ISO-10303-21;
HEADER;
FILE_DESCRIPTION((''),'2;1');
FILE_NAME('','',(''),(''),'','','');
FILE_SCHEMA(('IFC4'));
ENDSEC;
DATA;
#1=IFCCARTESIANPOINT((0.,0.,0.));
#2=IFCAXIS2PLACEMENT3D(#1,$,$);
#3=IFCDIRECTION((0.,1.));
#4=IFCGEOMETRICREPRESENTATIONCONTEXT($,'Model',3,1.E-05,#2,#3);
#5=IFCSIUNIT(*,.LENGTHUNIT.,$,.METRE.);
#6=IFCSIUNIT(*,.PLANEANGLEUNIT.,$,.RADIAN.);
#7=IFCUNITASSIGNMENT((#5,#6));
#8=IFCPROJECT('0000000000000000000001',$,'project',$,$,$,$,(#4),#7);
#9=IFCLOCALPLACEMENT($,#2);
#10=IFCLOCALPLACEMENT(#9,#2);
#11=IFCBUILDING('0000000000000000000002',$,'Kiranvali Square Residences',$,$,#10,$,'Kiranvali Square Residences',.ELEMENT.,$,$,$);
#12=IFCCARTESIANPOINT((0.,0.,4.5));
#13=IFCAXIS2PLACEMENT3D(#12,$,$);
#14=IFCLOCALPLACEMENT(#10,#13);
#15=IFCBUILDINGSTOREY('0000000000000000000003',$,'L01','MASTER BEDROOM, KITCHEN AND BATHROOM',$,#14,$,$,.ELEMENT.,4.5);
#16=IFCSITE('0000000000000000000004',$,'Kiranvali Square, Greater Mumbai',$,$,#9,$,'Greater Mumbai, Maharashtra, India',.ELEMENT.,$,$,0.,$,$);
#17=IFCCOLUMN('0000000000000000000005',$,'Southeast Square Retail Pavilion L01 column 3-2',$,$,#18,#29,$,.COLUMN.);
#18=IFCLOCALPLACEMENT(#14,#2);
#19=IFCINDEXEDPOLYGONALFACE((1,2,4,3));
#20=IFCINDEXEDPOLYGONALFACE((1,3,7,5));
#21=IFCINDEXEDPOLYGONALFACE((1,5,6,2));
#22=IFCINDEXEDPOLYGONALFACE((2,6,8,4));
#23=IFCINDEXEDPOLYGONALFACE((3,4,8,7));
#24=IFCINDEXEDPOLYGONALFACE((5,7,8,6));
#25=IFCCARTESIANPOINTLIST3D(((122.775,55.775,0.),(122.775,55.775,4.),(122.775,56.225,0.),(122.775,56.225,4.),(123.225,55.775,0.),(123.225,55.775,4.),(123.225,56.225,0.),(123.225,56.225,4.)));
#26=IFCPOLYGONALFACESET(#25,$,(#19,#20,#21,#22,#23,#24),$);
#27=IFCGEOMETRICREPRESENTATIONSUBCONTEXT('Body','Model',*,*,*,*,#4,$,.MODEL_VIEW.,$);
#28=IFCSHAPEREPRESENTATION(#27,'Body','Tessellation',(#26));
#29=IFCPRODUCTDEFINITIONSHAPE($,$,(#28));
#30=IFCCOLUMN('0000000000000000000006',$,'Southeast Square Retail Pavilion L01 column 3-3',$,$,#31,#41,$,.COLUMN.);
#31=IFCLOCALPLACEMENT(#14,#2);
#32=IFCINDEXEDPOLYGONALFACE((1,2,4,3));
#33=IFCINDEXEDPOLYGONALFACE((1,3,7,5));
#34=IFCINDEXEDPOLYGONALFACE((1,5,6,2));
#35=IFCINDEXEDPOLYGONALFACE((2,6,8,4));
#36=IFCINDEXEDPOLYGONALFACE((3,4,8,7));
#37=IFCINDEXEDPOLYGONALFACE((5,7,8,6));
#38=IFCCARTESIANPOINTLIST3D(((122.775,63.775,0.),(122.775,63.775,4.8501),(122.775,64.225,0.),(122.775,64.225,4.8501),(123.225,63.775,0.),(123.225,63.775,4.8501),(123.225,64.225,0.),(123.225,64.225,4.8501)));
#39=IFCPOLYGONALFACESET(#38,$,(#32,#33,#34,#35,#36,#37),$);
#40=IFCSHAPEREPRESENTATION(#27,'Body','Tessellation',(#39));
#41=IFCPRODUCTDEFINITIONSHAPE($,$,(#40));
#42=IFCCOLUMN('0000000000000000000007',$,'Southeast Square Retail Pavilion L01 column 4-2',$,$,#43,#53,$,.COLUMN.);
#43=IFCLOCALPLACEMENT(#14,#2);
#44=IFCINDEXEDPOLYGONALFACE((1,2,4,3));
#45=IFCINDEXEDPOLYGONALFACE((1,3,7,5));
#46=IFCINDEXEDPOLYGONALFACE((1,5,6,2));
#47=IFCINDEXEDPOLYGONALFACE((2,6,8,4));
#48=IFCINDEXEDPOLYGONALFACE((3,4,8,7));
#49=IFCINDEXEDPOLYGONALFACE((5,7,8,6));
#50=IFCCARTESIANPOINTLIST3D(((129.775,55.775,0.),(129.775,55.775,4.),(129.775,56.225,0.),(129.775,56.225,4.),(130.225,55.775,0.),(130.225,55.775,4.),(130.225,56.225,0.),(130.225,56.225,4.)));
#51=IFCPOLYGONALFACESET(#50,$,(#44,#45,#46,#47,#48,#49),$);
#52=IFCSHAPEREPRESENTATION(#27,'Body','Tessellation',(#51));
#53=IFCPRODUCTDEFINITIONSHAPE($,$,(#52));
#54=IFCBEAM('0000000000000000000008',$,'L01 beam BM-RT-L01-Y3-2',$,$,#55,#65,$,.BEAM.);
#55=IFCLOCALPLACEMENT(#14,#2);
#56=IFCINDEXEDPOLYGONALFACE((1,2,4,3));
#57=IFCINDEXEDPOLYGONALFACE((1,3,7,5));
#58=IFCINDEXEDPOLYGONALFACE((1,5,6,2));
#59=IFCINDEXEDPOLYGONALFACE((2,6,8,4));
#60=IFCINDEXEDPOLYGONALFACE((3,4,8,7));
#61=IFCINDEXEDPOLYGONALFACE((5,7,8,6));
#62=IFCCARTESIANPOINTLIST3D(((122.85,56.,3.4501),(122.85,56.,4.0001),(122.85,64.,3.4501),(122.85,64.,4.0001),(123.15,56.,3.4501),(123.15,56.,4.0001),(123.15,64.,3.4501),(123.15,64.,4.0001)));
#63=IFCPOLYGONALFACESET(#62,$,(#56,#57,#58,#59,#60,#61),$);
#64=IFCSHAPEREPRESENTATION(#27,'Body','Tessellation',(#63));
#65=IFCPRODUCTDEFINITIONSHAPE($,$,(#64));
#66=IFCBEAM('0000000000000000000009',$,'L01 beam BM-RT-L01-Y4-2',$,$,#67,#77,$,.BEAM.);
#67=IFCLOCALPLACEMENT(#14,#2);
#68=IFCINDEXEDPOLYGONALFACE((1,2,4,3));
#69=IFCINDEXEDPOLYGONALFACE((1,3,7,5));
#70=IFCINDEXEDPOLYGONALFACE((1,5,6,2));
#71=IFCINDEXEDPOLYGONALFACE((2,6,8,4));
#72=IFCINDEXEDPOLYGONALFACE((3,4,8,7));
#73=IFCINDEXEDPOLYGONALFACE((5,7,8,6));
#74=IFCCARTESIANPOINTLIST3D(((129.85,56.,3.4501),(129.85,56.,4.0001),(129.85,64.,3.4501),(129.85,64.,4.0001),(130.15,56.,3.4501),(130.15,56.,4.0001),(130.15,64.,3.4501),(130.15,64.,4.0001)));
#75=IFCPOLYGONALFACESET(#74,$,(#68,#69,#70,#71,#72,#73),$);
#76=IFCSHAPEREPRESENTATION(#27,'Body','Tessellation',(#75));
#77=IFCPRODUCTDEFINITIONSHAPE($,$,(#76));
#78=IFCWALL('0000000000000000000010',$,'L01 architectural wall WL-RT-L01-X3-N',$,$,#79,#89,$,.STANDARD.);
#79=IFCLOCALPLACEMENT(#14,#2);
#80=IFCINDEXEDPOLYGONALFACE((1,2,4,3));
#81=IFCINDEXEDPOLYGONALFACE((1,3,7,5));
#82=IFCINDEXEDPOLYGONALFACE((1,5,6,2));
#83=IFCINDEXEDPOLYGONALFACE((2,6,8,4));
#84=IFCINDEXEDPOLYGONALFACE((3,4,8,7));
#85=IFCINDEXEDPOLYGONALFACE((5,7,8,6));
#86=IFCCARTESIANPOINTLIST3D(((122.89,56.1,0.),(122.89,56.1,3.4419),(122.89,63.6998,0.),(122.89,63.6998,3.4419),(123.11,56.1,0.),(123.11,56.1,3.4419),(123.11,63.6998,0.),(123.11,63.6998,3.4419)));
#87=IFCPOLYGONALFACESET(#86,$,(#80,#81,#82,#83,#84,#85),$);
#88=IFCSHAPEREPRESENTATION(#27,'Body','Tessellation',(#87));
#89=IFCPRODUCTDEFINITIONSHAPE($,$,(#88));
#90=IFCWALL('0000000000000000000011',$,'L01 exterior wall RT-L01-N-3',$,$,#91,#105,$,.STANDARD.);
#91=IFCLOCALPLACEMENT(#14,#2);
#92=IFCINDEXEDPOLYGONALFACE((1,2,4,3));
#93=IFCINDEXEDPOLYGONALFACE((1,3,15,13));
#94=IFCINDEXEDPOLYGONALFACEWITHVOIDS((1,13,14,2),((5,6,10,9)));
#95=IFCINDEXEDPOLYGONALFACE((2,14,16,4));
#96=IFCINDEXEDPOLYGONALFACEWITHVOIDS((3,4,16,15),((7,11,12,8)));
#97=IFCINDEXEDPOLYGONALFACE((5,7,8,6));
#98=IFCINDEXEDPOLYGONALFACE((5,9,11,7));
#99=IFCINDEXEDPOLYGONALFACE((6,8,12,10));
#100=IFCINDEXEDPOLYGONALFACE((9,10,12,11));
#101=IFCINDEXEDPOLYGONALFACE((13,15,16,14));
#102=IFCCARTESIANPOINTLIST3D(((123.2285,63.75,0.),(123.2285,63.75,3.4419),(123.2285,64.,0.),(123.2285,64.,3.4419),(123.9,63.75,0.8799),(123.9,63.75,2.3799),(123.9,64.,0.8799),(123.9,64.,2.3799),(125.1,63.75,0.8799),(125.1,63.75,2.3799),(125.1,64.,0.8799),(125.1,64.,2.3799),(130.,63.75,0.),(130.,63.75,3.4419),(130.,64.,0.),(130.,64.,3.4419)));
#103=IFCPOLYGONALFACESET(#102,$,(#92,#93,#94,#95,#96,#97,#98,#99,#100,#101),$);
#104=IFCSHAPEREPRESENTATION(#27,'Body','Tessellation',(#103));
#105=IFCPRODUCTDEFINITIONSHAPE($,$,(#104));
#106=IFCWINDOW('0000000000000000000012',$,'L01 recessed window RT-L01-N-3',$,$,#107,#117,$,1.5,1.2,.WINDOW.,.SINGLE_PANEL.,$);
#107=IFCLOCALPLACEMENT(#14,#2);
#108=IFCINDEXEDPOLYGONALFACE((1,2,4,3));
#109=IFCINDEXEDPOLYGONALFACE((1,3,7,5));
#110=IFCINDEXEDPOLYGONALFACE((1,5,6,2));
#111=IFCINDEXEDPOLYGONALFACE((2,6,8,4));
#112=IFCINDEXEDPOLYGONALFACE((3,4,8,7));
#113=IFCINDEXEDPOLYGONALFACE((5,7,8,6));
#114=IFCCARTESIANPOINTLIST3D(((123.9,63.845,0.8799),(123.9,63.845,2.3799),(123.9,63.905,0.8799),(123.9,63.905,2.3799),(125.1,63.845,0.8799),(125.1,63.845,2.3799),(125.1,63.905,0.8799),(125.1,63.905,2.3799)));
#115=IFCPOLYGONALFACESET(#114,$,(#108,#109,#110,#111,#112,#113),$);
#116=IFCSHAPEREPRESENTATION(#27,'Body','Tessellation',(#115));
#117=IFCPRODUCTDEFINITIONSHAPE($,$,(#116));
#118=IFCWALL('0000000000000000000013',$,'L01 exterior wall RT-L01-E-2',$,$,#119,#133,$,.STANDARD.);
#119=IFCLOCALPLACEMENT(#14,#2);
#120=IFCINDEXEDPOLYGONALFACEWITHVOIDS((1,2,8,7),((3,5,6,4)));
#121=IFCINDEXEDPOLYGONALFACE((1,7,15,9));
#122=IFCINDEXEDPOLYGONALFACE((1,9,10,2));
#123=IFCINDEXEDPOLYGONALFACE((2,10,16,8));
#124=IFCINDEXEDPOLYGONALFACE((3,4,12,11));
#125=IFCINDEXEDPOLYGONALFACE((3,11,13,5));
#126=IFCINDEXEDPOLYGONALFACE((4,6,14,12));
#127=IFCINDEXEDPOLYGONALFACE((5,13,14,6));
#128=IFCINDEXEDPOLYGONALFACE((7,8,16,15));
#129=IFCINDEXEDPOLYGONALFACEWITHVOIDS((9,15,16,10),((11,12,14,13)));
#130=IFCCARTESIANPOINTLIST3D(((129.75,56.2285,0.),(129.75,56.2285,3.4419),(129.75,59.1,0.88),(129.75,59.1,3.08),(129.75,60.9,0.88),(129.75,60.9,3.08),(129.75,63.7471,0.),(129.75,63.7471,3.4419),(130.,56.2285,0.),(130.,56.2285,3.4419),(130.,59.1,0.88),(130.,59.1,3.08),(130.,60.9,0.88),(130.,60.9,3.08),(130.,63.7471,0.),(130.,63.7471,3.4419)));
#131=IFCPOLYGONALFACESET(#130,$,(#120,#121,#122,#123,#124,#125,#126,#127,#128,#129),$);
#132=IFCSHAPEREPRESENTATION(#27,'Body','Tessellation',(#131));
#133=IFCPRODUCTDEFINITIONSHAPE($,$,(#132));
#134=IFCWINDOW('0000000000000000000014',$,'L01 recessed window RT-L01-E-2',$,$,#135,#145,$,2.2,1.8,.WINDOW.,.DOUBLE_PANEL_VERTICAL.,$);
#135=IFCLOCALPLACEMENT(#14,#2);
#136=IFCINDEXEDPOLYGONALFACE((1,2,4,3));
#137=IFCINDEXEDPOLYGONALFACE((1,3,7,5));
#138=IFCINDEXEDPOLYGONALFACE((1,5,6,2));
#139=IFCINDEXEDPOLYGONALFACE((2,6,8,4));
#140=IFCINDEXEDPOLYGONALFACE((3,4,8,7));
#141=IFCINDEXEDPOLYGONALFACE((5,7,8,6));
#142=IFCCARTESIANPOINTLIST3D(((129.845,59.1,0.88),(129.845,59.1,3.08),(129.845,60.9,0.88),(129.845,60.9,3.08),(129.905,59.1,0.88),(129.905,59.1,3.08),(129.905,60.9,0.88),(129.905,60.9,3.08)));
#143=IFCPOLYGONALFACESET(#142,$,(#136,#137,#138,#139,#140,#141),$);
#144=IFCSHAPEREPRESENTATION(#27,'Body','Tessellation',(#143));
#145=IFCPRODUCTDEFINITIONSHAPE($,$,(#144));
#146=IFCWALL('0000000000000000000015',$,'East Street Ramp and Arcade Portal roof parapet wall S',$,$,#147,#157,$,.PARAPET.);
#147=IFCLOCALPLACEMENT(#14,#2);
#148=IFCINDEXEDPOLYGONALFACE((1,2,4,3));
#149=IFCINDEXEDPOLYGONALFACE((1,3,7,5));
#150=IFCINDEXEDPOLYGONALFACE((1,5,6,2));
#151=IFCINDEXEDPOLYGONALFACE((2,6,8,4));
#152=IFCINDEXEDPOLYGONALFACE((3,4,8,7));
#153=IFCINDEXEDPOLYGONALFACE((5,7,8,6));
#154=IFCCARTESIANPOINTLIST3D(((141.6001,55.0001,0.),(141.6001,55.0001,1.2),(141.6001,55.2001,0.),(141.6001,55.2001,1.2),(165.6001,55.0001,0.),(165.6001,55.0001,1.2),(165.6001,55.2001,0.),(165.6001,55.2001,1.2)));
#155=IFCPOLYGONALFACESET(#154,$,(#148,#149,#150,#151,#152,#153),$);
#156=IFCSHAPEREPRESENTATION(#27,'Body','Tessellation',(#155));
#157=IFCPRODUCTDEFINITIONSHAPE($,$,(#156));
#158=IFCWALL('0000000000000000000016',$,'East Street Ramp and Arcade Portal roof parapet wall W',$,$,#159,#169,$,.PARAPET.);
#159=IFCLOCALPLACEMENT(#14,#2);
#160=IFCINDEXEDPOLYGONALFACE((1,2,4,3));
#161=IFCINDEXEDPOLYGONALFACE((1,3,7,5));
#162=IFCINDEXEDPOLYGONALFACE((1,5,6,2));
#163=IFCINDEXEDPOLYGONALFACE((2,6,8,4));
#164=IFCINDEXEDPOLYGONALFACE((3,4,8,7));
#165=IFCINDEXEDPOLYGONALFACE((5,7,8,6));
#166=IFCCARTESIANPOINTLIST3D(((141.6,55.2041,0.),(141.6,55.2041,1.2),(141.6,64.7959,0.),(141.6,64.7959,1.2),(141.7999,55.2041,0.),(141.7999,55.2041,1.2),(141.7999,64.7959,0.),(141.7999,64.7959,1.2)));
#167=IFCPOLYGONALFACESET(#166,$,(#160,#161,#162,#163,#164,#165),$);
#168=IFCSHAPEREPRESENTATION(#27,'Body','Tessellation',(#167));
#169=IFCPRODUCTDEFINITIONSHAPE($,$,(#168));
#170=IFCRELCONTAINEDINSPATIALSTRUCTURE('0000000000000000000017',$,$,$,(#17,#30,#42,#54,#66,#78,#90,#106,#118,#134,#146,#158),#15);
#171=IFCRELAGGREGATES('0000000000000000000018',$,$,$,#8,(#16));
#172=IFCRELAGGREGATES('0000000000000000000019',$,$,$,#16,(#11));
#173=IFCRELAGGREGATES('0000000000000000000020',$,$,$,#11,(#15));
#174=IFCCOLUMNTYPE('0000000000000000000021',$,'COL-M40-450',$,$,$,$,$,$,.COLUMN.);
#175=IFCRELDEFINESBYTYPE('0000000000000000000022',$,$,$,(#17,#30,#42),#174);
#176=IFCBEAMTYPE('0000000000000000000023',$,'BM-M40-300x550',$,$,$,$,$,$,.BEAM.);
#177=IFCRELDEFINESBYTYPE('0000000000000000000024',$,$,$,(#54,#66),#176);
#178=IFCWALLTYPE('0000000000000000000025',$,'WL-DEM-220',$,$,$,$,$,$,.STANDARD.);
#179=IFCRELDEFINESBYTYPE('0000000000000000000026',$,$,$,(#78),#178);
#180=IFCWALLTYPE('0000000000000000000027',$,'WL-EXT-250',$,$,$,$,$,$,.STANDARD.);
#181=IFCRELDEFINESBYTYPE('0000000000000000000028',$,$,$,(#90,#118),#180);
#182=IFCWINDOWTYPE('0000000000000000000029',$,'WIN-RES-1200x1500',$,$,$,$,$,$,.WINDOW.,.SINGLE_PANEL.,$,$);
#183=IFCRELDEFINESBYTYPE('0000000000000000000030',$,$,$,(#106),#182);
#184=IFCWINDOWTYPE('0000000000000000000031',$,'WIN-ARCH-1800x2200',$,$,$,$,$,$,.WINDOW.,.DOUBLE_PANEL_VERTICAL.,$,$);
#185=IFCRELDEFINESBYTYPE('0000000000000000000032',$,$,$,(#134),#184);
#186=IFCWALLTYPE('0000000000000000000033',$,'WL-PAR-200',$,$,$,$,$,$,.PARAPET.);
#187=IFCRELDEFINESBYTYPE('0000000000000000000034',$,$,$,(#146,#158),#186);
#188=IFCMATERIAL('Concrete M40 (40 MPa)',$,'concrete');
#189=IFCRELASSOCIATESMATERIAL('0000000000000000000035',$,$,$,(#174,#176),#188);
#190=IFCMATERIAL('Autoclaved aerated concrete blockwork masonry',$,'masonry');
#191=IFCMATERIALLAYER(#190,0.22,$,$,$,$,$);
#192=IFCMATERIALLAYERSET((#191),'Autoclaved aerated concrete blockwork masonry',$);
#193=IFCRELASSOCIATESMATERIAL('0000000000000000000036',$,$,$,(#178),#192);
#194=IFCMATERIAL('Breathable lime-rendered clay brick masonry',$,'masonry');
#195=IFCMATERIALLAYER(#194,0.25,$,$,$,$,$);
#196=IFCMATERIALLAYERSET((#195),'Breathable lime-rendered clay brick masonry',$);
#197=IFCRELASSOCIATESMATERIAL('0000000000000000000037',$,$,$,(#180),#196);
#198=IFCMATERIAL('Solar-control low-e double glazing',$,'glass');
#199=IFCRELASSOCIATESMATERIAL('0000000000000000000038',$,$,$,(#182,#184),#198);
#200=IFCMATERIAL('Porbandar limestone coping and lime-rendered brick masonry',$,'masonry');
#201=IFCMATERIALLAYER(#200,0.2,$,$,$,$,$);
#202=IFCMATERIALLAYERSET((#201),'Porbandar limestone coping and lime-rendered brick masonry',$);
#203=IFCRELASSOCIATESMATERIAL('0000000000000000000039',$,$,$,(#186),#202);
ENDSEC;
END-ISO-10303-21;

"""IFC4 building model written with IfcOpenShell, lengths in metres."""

from ifc_helpers import new_model, si_unit, direction, frame, frame_2d, origin, origin_2d, place, context, subcontext, project, spatial, rectangle, extrude, material, layer, layer_set, material_profile, profile_set, type_object, element, fill, save


model = new_model("IFC4")

# Units and contexts
model_context = context("Model", 3, precision=1e-05, world=origin(), true_north=direction((0.0, 1.0)))
body_context = subcontext(model_context, "Body", "Model", "MODEL_VIEW")
ifc_project = project(units=[si_unit("LENGTHUNIT", "METRE"), si_unit("PLANEANGLEUNIT", "RADIAN")], contexts=[model_context])

# Site, building, storey
site_placement = place(None, origin())
site = spatial("IfcSite", under=ifc_project, at=site_placement, Name="Kiranvali Square, Greater Mumbai", LongName="Greater Mumbai, Maharashtra, India", CompositionType="ELEMENT", RefElevation=0.0)
building_placement = place(site_placement, origin())
building = spatial("IfcBuilding", under=site, at=building_placement, Name="Kiranvali Square Residences", LongName="Kiranvali Square Residences", CompositionType="ELEMENT")
storey_placement = place(building_placement, frame((0.0, 0.0, 4.5)))
storey = spatial("IfcBuildingStorey", under=building, at=storey_placement, Name="L01", Description="MASTER BEDROOM, KITCHEN AND BATHROOM", CompositionType="ELEMENT", Elevation=4.5)

# Columns
ifc_material_1 = material(Name="Concrete M40 (40 MPa)", Category="concrete")
ifc_material_profile_1 = material_profile(ifc_material_1, rectangle(XDim=0.45, YDim=0.45, at=origin_2d()), Name="RC 450x450")
ifc_profile_set_1 = profile_set([ifc_material_profile_1], Name="Concrete M40 (40 MPa)")
column_type = type_object("IfcColumnType", Name="COL-M40-450", PredefinedType="COLUMN", material=ifc_profile_set_1)
column_1_placement = place(storey_placement, frame((123.0, 56.0, 0.0), z_axis=(0.0, 0.0, 1.0), x_axis=(1.0, 0.0, 0.0)))
element("IfcColumn", 1, at=column_1_placement, inside=storey, type_object=column_type, Name="Southeast Square Retail Pavilion L01 column 3-2", PredefinedType="COLUMN", context=body_context, shape_type="SweptSolid", body=[
    extrude(rectangle(XDim=0.45, YDim=0.45, at=origin_2d()), origin(), (0.0, 0.0, 1.0), 4.0),
])
column_2_placement = place(storey_placement, frame((123.0, 64.0, 0.0), z_axis=(0.0, 0.0, 1.0), x_axis=(1.0, 0.0, 0.0)))
element("IfcColumn", 2, at=column_2_placement, inside=storey, type_object=column_type, Name="Southeast Square Retail Pavilion L01 column 3-3", PredefinedType="COLUMN", context=body_context, shape_type="SweptSolid", body=[
    extrude(rectangle(XDim=0.45, YDim=0.45, at=origin_2d()), origin(), (0.0, 0.0, 1.0), 4.8501),
])
column_3_placement = place(storey_placement, frame((130.0, 56.0, 0.0), z_axis=(0.0, 0.0, 1.0), x_axis=(1.0, 0.0, 0.0)))
element("IfcColumn", 3, at=column_3_placement, inside=storey, type_object=column_type, Name="Southeast Square Retail Pavilion L01 column 4-2", PredefinedType="COLUMN", context=body_context, shape_type="SweptSolid", body=[
    extrude(rectangle(XDim=0.45, YDim=0.45, at=origin_2d()), origin(), (0.0, 0.0, 1.0), 4.0),
])

# Beams
ifc_material_profile_2 = material_profile(ifc_material_1, rectangle(XDim=0.3, YDim=0.55, at=origin_2d()), Name="RC 300x550")
ifc_profile_set_2 = profile_set([ifc_material_profile_2], Name="Concrete M40 (40 MPa)")
beam_type = type_object("IfcBeamType", Name="BM-M40-300x550", PredefinedType="BEAM", material=ifc_profile_set_2)
for number, where, z_axis, x_axis, name in (
    (4, (123.0, 56.0, 3.7251), (0.0, 1.0, 0.0), (-1.0, 0.0, 0.0), "L01 beam BM-RT-L01-Y3-2"),
    (5, (130.0, 56.0, 3.7251), (0.0, 1.0, 0.0), (-1.0, 0.0, 0.0), "L01 beam BM-RT-L01-Y4-2"),
):
    element("IfcBeam", number, at=place(storey_placement, frame(where, z_axis=z_axis, x_axis=x_axis)), inside=storey, type_object=beam_type, Name=name, PredefinedType="BEAM", context=body_context, shape_type="SweptSolid", body=[
        extrude(rectangle(XDim=0.3, YDim=0.55, at=origin_2d()), origin(), (0.0, 0.0, 1.0), 8.0),
    ])

# Wall
ifc_material_2 = material(Name="Autoclaved aerated concrete blockwork masonry", Category="masonry")
ifc_layer_1 = layer(ifc_material_2, 0.22)
ifc_layer_set_1 = layer_set([ifc_layer_1], Name="Autoclaved aerated concrete blockwork masonry")
wall_type_1 = type_object("IfcWallType", Name="WL-DEM-220", PredefinedType="STANDARD", material=ifc_layer_set_1)
wall_1_placement = place(storey_placement, frame((123.0, 56.1001, 0.0), z_axis=(0.0, 0.0, 1.0), x_axis=(0.0, 1.0, 0.0)))
element("IfcWall", 6, at=wall_1_placement, inside=storey, type_object=wall_type_1, Name="L01 architectural wall WL-RT-L01-X3-N", PredefinedType="STANDARD", context=body_context, shape_type="SweptSolid", body=[
    extrude(rectangle(XDim=7.5999, YDim=0.22, at=frame_2d((3.7998, 0.0))), origin(), (0.0, 0.0, 1.0), 3.4419),
])

# Walls, openings, windows
ifc_material_3 = material(Name="Breathable lime-rendered clay brick masonry", Category="masonry")
ifc_layer_2 = layer(ifc_material_3, 0.25)
ifc_layer_set_2 = layer_set([ifc_layer_2], Name="Breathable lime-rendered clay brick masonry")
wall_type_2 = type_object("IfcWallType", Name="WL-EXT-250", PredefinedType="STANDARD", material=ifc_layer_set_2)
wall_2_placement = place(storey_placement, frame((123.2285, 63.875, 0.0), z_axis=(0.0, 0.0, 1.0), x_axis=(1.0, 0.0, 0.0)))
wall_2 = element("IfcWall", 7, at=wall_2_placement, inside=storey, type_object=wall_type_2, Name="L01 exterior wall RT-L01-N-3", PredefinedType="STANDARD", context=body_context, shape_type="SweptSolid", body=[
    extrude(rectangle(XDim=6.7715, YDim=0.25, at=frame_2d((3.3857, 0.0))), origin(), (0.0, 0.0, 1.0), 3.4419),
])
opening_1_placement = place(wall_2_placement, frame((0.6714, 0.0, 0.8799)))
opening_1 = element("IfcOpeningElement", 8, at=opening_1_placement, cuts=wall_2, PredefinedType="OPENING", context=body_context, shape_type="SweptSolid", body=[
    extrude(rectangle(XDim=1.2, YDim=1.5, at=frame_2d((0.6001, 0.75))), frame((0.0, 0.135, 0.0), z_axis=(0.0, -1.0, 0.0), x_axis=(1.0, 0.0, 0.0)), (0.0, 0.0, 1.0), 0.27),
])
ifc_material_4 = material(Name="Solar-control low-e double glazing", Category="glass")
window_type_1 = type_object("IfcWindowType", Name="WIN-RES-1200x1500", PartitioningType="SINGLE_PANEL", PredefinedType="WINDOW", material=ifc_material_4)
window_1_placement = place(opening_1_placement, origin())
window_1 = element("IfcWindow", 9, at=window_1_placement, inside=storey, type_object=window_type_1, Name="L01 recessed window RT-L01-N-3", OverallHeight=1.5, OverallWidth=1.2, PartitioningType="SINGLE_PANEL", PredefinedType="WINDOW", context=body_context, shape_type="SweptSolid", body=[
    extrude(rectangle(XDim=1.2, YDim=1.5, at=frame_2d((0.6001, 0.75))), frame((0.0, 0.03, 0.0), z_axis=(0.0, -1.0, 0.0), x_axis=(1.0, 0.0, 0.0)), (0.0, 0.0, 1.0), 0.0601),
])
fill(opening_1, window_1)
wall_3_placement = place(storey_placement, frame((129.875, 56.2285, 0.0), z_axis=(0.0, 0.0, 1.0), x_axis=(0.0, 1.0, 0.0)))
wall_3 = element("IfcWall", 10, at=wall_3_placement, inside=storey, type_object=wall_type_2, Name="L01 exterior wall RT-L01-E-2", PredefinedType="STANDARD", context=body_context, shape_type="SweptSolid", body=[
    extrude(rectangle(XDim=7.5186, YDim=0.25, at=frame_2d((3.7593, 0.0))), origin(), (0.0, 0.0, 1.0), 3.4419),
])
opening_2_placement = place(wall_3_placement, frame((2.8716, 0.0, 0.8799)))
opening_2 = element("IfcOpeningElement", 11, at=opening_2_placement, cuts=wall_3, PredefinedType="OPENING", context=body_context, shape_type="SweptSolid", body=[
    extrude(rectangle(XDim=1.8, YDim=2.2, at=frame_2d((0.8999, 1.1001))), frame((0.0, 0.135, 0.0), z_axis=(0.0, -1.0, 0.0), x_axis=(1.0, 0.0, 0.0)), (0.0, 0.0, 1.0), 0.27),
])
window_type_2 = type_object("IfcWindowType", Name="WIN-ARCH-1800x2200", PartitioningType="DOUBLE_PANEL_VERTICAL", PredefinedType="WINDOW", material=ifc_material_4)
window_2_placement = place(opening_2_placement, origin())
window_2 = element("IfcWindow", 12, at=window_2_placement, inside=storey, type_object=window_type_2, Name="L01 recessed window RT-L01-E-2", OverallHeight=2.2, OverallWidth=1.8, PartitioningType="DOUBLE_PANEL_VERTICAL", PredefinedType="WINDOW", context=body_context, shape_type="SweptSolid", body=[
    extrude(rectangle(XDim=1.8, YDim=2.2, at=frame_2d((0.8999, 1.1001))), frame((0.0, 0.03, 0.0), z_axis=(0.0, -1.0, 0.0), x_axis=(1.0, 0.0, 0.0)), (0.0, 0.0, 1.0), 0.0601),
])
fill(opening_2, window_2)

# Walls
ifc_material_5 = material(Name="Porbandar limestone coping and lime-rendered brick masonry", Category="masonry")
ifc_layer_3 = layer(ifc_material_5, 0.2)
ifc_layer_set_3 = layer_set([ifc_layer_3], Name="Porbandar limestone coping and lime-rendered brick masonry")
wall_type_3 = type_object("IfcWallType", Name="WL-PAR-200", PredefinedType="PARAPET", material=ifc_layer_set_3)
wall_4_placement = place(storey_placement, frame((141.6001, 55.1001, 0.0), z_axis=(0.0, 0.0, 1.0), x_axis=(1.0, 0.0, 0.0)))
element("IfcWall", 13, at=wall_4_placement, inside=storey, type_object=wall_type_3, Name="East Street Ramp and Arcade Portal roof parapet wall S", PredefinedType="PARAPET", context=body_context, shape_type="SweptSolid", body=[
    extrude(rectangle(XDim=24.0, YDim=0.2, at=frame_2d((12.0, 0.0))), origin(), (0.0, 0.0, 1.0), 1.2),
])
wall_5_placement = place(storey_placement, frame((141.7, 55.2041, 0.0), z_axis=(0.0, 0.0, 1.0), x_axis=(0.0, 1.0, 0.0)))
element("IfcWall", 14, at=wall_5_placement, inside=storey, type_object=wall_type_3, Name="East Street Ramp and Arcade Portal roof parapet wall W", PredefinedType="PARAPET", context=body_context, shape_type="SweptSolid", body=[
    extrude(rectangle(XDim=9.5918, YDim=0.2, at=frame_2d((4.7959, 0.0))), origin(), (0.0, 0.0, 1.0), 1.2),
])

save(model, "model.ifc")
